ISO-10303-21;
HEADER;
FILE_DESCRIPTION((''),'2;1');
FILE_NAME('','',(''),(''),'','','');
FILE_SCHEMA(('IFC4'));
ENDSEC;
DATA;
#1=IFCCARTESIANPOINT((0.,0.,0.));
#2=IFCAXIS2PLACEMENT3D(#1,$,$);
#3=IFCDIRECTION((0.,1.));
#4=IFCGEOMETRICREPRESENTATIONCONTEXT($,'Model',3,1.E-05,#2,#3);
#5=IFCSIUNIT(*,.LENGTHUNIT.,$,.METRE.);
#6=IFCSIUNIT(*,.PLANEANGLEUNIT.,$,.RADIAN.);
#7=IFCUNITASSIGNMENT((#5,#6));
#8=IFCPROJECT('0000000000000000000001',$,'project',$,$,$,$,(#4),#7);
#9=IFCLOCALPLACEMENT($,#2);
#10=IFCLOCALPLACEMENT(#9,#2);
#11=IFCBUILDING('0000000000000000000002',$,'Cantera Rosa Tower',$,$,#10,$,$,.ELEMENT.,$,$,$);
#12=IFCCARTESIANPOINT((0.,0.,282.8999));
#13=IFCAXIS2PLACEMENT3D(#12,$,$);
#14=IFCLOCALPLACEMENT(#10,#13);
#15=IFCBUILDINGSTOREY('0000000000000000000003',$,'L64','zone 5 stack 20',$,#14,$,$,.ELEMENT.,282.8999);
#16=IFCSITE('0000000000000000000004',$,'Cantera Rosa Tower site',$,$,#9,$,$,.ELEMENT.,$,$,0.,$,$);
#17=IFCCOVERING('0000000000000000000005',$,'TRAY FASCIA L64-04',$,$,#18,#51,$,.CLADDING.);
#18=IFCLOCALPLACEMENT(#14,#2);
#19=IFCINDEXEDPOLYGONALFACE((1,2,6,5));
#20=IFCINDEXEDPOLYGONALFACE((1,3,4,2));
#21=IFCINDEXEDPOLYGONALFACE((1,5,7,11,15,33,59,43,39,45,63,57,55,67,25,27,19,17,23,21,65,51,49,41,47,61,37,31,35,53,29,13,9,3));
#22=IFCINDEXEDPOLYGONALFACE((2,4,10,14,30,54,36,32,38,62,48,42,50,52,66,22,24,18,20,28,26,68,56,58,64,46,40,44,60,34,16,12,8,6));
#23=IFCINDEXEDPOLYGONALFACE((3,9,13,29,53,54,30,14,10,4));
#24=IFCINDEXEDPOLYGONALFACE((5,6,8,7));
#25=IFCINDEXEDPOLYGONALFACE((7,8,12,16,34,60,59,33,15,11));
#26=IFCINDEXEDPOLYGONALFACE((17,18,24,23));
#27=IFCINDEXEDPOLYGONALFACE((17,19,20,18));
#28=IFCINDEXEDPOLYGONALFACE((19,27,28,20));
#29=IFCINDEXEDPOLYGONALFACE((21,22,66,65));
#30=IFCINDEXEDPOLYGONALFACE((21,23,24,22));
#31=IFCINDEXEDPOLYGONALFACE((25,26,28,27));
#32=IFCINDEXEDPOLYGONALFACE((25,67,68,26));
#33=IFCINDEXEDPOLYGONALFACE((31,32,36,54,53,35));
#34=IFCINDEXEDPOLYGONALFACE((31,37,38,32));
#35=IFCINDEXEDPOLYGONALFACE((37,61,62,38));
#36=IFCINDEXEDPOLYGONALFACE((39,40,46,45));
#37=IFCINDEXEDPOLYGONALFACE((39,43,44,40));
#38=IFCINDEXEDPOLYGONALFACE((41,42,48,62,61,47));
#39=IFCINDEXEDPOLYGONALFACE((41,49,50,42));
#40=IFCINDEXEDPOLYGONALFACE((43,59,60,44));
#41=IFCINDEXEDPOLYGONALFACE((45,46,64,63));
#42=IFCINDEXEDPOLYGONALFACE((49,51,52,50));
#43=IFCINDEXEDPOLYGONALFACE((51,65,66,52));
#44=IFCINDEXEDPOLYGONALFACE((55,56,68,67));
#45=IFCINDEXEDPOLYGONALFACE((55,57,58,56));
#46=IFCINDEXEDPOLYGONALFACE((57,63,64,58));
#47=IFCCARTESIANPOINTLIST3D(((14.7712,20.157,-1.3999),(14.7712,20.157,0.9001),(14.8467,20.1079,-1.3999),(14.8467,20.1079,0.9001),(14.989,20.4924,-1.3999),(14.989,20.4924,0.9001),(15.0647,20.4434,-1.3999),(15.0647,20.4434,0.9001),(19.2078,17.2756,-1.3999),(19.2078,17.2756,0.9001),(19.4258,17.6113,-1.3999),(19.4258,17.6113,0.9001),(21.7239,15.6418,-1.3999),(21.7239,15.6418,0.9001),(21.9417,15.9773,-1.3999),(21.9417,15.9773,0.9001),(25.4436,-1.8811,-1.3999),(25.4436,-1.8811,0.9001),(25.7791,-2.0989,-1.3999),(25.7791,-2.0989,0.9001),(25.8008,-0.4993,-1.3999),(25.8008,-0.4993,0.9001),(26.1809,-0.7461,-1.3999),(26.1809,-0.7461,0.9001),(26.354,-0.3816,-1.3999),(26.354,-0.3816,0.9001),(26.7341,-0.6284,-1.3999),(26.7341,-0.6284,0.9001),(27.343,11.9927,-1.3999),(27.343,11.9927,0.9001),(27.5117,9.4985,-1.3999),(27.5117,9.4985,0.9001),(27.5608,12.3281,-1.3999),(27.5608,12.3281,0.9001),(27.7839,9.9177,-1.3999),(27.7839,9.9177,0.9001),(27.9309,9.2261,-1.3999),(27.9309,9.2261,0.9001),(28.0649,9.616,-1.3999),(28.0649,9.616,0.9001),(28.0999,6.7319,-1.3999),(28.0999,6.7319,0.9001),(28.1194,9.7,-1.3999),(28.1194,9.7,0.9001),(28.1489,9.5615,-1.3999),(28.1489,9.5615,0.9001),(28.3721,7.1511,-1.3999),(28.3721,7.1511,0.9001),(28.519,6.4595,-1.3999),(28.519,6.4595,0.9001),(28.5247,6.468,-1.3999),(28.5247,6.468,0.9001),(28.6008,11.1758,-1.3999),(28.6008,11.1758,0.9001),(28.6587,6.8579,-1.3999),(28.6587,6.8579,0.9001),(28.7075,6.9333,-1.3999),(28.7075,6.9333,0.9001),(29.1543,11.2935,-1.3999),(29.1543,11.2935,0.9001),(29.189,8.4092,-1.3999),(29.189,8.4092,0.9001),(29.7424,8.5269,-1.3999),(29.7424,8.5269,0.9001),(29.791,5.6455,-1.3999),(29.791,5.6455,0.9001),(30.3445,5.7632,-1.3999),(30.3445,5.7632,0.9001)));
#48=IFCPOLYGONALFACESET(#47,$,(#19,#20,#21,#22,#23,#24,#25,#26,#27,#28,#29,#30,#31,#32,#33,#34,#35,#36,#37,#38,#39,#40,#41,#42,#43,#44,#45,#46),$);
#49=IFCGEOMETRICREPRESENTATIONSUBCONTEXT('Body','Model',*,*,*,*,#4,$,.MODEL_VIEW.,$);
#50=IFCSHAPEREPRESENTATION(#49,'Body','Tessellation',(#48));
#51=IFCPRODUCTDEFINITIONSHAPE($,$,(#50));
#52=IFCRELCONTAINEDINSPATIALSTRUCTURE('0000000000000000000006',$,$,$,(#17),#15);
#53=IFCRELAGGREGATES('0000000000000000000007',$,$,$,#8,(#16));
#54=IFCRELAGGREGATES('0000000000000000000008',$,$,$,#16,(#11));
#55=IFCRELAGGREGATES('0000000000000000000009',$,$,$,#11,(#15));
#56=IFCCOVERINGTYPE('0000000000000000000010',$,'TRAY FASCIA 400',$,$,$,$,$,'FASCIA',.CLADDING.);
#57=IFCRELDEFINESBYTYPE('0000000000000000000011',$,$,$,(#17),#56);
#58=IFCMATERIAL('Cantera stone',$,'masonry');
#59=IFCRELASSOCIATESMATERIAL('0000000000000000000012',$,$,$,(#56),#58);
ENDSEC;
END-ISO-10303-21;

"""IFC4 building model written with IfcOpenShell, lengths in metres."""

from ifc_helpers import new_model, si_unit, direction, frame, origin, place, context, subcontext, project, spatial, polyline, outline, extrude, material, type_object, element, save


model = new_model("IFC4")

# Units and contexts
model_context = context("Model", 3, precision=1e-05, world=origin(), true_north=direction((0.0, 1.0)))
body_context = subcontext(model_context, "Body", "Model", "MODEL_VIEW")
ifc_project = project(units=[si_unit("LENGTHUNIT", "METRE"), si_unit("PLANEANGLEUNIT", "RADIAN")], contexts=[model_context])

# Site, building, storey
site_placement = place(None, origin())
site = spatial("IfcSite", under=ifc_project, at=site_placement, Name="Cantera Rosa Tower site", CompositionType="ELEMENT", RefElevation=0.0)
building_placement = place(site_placement, origin())
building = spatial("IfcBuilding", under=site, at=building_placement, Name="Cantera Rosa Tower", CompositionType="ELEMENT")
storey_placement = place(building_placement, frame((0.0, 0.0, 282.8999)))
storey = spatial("IfcBuildingStorey", under=building, at=storey_placement, Name="L64", Description="zone 5 stack 20", CompositionType="ELEMENT", Elevation=282.8999)

# Covering
ifc_material_1 = material(Name="Cantera stone", Category="masonry")
covering_type_1 = type_object("IfcCoveringType", Name="TRAY FASCIA 400", ElementType="FASCIA", PredefinedType="CLADDING", material=ifc_material_1)
covering_1_placement = place(storey_placement, frame((0.0, 0.0, -1.3999)))
element("IfcCovering", 1, at=covering_1_placement, inside=storey, type_object=covering_type_1, Name="TRAY FASCIA L64-04", PredefinedType="CLADDING", context=body_context, shape_type="SweptSolid", body=[
    extrude(outline(polyline([(15.0647, 20.4434), (19.4258, 17.6113), (21.9417, 15.9773), (27.5608, 12.3281), (29.1543, 11.2935), (28.1194, 9.7), (28.0649, 9.616), (28.1489, 9.5615), (29.7424, 8.5269), (28.7075, 6.9333), (28.6587, 6.8579), (30.3445, 5.7632), (26.354, -0.3816), (26.7341, -0.6284), (25.7791, -2.0989), (25.4436, -1.8811), (26.1809, -0.7461), (25.8008, -0.4993), (29.791, 5.6455), (28.5247, 6.468), (28.519, 6.4595), (28.0999, 6.7319), (28.3721, 7.1511), (29.189, 8.4092), (27.9309, 9.2261), (27.5117, 9.4985), (27.7839, 9.9177), (28.6008, 11.1758), (27.343, 11.9927), (21.7239, 15.6418), (19.2078, 17.2756), (14.8467, 20.1079), (14.7712, 20.157), (14.989, 20.4924), (15.0647, 20.4434)])), origin(), (0.0, 0.0, 1.0), 2.3),
])

save(model, "model.ifc")
